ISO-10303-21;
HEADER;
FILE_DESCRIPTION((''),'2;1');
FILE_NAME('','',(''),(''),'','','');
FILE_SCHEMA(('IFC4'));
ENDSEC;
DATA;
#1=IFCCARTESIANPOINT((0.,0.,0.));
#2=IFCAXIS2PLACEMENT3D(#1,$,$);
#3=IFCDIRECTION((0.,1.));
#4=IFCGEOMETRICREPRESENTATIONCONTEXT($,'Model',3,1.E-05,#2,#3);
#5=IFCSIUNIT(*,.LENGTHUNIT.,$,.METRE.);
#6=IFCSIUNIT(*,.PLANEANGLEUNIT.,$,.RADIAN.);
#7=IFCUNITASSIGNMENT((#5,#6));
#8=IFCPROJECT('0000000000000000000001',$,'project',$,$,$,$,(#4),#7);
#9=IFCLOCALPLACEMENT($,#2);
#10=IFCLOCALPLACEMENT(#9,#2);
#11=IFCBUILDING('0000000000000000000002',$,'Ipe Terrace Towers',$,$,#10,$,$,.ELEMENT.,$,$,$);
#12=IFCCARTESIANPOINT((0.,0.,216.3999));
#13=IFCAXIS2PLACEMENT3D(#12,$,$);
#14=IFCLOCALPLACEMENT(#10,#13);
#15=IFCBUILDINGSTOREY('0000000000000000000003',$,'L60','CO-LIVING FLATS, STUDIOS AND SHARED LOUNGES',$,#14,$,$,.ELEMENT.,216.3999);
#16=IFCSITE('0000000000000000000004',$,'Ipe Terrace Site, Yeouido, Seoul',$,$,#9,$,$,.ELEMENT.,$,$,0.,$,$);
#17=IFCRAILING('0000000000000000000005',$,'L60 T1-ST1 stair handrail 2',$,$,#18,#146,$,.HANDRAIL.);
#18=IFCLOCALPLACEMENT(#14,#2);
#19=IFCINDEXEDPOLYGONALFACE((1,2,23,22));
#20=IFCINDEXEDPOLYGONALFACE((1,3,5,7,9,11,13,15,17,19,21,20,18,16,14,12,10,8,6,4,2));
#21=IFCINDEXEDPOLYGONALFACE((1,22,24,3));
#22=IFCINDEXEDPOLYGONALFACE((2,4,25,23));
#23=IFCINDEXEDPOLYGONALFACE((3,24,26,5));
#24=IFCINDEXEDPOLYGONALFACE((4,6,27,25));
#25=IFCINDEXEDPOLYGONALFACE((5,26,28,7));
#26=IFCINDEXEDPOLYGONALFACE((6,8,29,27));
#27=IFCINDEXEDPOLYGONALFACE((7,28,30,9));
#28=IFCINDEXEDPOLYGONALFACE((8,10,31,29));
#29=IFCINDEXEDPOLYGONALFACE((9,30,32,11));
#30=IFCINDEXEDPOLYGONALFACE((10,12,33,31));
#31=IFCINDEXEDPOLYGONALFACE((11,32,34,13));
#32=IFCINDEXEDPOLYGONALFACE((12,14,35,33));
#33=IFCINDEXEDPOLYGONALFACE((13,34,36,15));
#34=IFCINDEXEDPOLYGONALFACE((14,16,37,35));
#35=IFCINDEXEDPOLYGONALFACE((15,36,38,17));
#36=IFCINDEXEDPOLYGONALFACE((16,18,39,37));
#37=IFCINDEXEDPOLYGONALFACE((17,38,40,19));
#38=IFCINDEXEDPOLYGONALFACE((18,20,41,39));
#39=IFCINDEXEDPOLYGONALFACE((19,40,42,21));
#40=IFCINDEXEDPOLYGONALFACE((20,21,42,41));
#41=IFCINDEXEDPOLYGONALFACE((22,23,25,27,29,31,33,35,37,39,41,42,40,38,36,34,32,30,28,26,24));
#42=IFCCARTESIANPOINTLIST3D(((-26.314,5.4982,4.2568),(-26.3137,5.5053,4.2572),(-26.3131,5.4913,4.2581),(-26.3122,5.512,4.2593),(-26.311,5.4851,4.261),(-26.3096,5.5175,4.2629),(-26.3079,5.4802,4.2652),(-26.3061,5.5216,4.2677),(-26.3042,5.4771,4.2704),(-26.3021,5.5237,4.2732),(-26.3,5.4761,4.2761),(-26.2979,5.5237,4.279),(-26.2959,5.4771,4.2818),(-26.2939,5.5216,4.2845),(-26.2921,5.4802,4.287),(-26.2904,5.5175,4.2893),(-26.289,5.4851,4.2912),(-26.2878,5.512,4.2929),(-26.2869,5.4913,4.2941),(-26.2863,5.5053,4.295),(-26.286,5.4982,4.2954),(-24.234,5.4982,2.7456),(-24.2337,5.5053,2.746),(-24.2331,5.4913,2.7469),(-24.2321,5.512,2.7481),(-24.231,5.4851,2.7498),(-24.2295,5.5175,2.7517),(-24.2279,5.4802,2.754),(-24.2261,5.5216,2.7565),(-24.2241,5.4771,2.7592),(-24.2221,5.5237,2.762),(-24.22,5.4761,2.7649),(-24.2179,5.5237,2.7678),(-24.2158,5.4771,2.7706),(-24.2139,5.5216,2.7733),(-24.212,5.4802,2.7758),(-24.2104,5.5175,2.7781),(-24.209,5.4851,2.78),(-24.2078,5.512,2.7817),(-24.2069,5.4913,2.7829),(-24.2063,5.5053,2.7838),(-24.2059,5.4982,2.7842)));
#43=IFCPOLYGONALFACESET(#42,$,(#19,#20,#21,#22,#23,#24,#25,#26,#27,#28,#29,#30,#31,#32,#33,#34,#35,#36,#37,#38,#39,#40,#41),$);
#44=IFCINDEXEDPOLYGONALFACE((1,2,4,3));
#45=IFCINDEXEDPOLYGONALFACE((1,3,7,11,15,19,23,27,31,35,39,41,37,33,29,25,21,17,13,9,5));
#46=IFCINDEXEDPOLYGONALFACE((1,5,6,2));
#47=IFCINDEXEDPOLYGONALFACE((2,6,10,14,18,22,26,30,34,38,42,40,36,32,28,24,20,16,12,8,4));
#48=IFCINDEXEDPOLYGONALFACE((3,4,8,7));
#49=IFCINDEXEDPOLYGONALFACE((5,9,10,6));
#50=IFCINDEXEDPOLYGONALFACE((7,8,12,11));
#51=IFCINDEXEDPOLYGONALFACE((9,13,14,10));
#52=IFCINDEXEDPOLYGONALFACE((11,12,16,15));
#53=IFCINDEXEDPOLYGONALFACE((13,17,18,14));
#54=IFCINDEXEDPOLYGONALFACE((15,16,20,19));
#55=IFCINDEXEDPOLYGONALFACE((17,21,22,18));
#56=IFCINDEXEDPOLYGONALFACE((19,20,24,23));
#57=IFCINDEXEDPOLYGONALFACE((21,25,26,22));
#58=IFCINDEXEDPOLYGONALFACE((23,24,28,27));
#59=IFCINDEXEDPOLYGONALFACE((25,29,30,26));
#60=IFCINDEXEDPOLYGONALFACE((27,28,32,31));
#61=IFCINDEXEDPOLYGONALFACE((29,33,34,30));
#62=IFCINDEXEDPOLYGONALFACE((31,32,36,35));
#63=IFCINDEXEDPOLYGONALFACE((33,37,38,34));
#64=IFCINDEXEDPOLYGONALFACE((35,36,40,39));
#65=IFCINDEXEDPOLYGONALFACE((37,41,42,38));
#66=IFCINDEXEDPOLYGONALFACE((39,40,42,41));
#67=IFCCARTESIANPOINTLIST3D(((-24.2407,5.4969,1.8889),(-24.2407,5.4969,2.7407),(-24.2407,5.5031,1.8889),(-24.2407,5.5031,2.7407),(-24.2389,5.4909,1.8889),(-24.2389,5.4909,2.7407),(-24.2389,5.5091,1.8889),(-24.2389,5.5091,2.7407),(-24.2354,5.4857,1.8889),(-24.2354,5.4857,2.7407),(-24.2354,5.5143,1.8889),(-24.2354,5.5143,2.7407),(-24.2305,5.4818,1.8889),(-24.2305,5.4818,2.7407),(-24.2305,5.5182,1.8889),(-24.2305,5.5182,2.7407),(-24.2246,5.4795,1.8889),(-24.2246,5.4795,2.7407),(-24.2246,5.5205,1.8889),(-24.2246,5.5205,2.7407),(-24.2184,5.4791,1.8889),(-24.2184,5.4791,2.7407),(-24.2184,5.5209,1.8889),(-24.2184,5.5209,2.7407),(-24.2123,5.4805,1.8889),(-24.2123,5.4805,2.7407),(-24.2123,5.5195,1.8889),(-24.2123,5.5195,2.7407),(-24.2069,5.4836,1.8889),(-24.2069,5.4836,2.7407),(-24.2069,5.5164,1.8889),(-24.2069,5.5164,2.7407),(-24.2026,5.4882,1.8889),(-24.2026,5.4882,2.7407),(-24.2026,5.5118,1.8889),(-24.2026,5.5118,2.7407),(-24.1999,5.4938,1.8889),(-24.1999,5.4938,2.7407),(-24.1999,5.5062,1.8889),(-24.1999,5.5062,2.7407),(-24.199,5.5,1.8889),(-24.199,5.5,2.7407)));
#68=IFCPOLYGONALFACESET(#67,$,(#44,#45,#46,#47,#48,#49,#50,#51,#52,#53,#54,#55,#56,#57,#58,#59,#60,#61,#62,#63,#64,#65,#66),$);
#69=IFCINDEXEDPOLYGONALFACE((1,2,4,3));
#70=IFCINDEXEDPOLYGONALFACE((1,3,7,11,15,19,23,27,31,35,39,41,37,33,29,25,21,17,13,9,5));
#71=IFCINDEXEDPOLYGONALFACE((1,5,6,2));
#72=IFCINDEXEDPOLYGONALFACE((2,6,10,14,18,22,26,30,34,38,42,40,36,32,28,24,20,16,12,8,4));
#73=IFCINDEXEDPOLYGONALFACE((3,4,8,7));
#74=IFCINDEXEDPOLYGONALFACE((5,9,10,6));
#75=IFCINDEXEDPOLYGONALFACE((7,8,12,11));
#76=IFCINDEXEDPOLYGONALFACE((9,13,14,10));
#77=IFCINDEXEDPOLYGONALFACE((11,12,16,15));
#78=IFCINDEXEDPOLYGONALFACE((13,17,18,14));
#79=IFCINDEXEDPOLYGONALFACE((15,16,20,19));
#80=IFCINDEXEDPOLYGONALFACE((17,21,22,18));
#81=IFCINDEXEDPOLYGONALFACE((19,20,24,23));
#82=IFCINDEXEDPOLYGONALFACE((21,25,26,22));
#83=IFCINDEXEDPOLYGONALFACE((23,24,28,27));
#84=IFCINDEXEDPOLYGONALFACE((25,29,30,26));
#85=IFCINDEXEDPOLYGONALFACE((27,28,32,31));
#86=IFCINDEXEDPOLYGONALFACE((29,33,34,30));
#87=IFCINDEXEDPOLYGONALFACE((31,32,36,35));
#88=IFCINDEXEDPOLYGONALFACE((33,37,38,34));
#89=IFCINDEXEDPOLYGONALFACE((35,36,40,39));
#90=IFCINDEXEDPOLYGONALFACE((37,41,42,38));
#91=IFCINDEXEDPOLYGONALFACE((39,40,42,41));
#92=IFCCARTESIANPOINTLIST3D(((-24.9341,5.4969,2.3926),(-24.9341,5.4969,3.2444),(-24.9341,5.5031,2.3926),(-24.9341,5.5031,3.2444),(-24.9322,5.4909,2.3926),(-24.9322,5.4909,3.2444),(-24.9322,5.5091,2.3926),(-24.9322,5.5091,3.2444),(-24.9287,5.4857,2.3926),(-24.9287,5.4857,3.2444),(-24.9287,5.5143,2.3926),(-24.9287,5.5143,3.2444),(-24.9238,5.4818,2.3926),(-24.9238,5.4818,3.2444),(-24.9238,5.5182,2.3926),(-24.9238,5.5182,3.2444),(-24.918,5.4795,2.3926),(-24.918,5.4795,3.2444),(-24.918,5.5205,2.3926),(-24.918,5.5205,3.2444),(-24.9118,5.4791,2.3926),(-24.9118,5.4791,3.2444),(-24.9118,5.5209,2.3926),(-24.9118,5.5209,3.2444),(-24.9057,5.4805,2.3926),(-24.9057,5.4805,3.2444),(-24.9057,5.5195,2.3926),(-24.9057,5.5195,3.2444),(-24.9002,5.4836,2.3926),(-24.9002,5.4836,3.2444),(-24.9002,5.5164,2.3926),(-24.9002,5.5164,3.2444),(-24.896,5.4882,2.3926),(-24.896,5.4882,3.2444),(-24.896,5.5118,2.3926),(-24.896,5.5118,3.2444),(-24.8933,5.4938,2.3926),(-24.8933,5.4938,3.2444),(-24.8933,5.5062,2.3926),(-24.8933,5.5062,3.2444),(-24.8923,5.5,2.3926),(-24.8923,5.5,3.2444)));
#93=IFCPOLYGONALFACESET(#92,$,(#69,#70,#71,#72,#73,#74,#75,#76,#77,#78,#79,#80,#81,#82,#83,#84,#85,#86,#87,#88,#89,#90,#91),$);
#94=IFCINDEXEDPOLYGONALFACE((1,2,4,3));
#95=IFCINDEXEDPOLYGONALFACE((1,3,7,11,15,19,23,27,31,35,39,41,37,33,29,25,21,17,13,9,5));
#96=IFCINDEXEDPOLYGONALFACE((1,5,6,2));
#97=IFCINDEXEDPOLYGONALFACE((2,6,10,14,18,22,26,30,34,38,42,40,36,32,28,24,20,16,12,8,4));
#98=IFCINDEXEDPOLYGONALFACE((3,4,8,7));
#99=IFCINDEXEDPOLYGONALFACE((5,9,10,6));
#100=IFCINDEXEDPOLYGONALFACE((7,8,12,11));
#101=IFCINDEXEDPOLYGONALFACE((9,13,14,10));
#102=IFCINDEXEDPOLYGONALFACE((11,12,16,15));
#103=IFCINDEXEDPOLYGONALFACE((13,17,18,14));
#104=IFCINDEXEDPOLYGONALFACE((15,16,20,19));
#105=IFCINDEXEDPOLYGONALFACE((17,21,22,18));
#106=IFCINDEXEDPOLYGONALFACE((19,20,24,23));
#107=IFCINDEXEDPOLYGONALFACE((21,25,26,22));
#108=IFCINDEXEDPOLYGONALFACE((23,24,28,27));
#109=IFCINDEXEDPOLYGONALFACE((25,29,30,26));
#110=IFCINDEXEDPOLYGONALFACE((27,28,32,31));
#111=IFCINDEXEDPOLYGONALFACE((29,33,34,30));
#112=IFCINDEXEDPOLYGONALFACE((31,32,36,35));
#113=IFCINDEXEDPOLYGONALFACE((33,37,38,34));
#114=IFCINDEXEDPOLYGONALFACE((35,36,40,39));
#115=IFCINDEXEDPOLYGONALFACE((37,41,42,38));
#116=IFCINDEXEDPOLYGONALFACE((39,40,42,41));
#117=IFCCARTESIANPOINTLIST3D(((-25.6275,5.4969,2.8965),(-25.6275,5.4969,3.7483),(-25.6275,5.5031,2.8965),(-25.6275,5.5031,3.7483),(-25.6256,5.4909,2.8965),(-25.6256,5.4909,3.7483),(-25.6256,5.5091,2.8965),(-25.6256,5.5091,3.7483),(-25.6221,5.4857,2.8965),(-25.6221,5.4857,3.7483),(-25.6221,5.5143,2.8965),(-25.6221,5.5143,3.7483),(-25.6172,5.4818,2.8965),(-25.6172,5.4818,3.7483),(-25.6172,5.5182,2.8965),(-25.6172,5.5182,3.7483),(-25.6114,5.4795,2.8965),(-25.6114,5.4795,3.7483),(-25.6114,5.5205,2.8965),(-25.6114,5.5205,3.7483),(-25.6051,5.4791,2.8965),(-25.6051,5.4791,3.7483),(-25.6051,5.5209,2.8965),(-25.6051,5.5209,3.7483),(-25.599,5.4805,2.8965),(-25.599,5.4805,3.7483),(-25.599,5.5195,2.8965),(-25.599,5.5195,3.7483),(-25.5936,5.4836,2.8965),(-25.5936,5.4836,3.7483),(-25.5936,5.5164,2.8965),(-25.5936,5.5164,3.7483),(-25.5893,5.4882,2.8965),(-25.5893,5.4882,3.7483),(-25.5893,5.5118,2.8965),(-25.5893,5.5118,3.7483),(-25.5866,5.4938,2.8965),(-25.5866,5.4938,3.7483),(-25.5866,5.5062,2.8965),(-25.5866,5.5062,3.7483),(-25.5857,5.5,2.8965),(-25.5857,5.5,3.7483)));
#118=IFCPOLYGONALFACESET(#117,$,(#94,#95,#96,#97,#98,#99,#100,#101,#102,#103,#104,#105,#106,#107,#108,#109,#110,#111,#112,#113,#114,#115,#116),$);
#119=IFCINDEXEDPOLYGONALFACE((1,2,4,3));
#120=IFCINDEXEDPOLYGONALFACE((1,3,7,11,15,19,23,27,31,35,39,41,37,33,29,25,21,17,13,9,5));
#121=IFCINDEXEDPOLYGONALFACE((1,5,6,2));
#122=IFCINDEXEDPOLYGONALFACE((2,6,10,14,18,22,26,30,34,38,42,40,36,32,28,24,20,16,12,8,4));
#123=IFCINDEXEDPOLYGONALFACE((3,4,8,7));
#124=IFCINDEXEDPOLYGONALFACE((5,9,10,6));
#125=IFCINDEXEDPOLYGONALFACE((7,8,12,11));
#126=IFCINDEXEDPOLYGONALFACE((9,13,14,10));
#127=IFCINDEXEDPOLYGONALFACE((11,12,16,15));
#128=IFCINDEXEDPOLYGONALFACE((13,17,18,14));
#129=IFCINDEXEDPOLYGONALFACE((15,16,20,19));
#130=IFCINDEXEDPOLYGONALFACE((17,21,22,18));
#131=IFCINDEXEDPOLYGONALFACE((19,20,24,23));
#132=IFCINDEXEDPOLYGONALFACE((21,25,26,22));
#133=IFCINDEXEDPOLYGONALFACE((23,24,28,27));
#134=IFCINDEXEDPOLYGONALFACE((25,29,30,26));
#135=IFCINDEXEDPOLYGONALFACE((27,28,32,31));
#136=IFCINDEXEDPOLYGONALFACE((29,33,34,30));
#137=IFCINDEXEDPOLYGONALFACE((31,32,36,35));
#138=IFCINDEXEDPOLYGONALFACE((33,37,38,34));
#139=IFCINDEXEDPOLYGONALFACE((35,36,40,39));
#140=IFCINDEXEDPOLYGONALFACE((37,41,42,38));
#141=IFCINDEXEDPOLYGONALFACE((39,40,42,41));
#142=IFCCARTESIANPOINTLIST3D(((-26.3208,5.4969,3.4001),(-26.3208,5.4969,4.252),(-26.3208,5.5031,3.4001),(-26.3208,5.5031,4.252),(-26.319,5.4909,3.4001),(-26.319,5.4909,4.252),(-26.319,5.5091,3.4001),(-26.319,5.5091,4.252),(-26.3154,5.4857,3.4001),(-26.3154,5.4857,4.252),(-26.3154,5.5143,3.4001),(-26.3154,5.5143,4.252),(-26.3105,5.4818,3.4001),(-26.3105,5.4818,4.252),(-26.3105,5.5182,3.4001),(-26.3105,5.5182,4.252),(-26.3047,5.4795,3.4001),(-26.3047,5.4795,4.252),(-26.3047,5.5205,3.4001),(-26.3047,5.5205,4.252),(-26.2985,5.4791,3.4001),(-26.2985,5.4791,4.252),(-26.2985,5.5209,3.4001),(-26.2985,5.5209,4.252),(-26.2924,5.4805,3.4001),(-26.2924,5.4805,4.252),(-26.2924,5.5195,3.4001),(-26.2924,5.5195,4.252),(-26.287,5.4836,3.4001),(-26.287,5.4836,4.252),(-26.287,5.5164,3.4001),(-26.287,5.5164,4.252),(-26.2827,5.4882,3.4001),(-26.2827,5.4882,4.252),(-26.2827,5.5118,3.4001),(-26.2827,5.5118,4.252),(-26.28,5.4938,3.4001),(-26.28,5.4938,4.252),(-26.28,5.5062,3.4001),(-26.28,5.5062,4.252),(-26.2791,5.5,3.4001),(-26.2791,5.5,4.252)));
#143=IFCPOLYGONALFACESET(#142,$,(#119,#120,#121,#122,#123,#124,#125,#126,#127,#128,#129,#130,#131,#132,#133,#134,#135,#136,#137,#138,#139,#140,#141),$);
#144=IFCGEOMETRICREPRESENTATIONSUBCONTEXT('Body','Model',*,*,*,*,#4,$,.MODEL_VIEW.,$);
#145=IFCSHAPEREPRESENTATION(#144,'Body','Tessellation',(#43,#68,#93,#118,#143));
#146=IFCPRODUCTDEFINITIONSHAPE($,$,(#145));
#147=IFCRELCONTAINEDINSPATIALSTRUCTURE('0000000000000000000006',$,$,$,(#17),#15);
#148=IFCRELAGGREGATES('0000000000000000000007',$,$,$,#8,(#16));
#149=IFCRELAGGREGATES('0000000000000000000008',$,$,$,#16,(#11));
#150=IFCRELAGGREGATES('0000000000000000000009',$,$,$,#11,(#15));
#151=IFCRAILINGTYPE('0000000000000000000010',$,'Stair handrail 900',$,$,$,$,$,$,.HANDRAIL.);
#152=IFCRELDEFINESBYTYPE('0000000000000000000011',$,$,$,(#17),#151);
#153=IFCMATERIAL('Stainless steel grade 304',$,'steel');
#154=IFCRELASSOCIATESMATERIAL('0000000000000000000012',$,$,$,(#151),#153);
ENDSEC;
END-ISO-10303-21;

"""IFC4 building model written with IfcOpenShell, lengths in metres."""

from ifc_helpers import new_model, si_unit, direction, frame, origin, origin_2d, place, context, subcontext, project, spatial, circle, extrude, material, type_object, element, save


model = new_model("IFC4")

# Units and contexts
model_context = context("Model", 3, precision=1e-05, world=origin(), true_north=direction((0.0, 1.0)))
body_context = subcontext(model_context, "Body", "Model", "MODEL_VIEW")
ifc_project = project(units=[si_unit("LENGTHUNIT", "METRE"), si_unit("PLANEANGLEUNIT", "RADIAN")], contexts=[model_context])

# Site, building, storey
site_placement = place(None, origin())
site = spatial("IfcSite", under=ifc_project, at=site_placement, Name="Ipe Terrace Site, Yeouido, Seoul", CompositionType="ELEMENT", RefElevation=0.0)
building_placement = place(site_placement, origin())
building = spatial("IfcBuilding", under=site, at=building_placement, Name="Ipe Terrace Towers", CompositionType="ELEMENT")
storey_placement = place(building_placement, frame((0.0, 0.0, 216.3999)))
storey = spatial("IfcBuildingStorey", under=building, at=storey_placement, Name="L60", Description="CO-LIVING FLATS, STUDIOS AND SHARED LOUNGES", CompositionType="ELEMENT", Elevation=216.3999)

# Railing
ifc_material_1 = material(Name="Stainless steel grade 304", Category="steel")
railing_type_1 = type_object("IfcRailingType", Name="Stair handrail 900", PredefinedType="HANDRAIL", material=ifc_material_1)
railing_1_placement = place(storey_placement, frame((-24.22, 5.5, 1.8889)))
element("IfcRailing", 1, at=railing_1_placement, inside=storey, type_object=railing_type_1, Name="L60 T1-ST1 stair handrail 2", PredefinedType="HANDRAIL", context=body_context, shape_type="SweptSolid", body=[
    extrude(circle(Radius=0.0239, at=origin_2d()), frame((0.0, 0.0, 0.876), z_axis=(-0.809023, 0.0, 0.587776), x_axis=(0.0, -1.0, 0.0)), (0.0, 0.0, 1.0), 2.571),
    extrude(circle(Radius=0.021, at=origin_2d()), origin(), (0.0, 0.0, 1.0), 0.8518),
    extrude(circle(Radius=0.021, at=origin_2d()), frame((-0.6934, 0.0, 0.5037)), (0.0, 0.0, 1.0), 0.8518),
    extrude(circle(Radius=0.021, at=origin_2d()), frame((-1.3867, 0.0, 1.0076)), (0.0, 0.0, 1.0), 0.8518),
    extrude(circle(Radius=0.021, at=origin_2d()), frame((-2.0801, 0.0, 1.5112)), (0.0, 0.0, 1.0), 0.8518),
])

save(model, "model.ifc")
